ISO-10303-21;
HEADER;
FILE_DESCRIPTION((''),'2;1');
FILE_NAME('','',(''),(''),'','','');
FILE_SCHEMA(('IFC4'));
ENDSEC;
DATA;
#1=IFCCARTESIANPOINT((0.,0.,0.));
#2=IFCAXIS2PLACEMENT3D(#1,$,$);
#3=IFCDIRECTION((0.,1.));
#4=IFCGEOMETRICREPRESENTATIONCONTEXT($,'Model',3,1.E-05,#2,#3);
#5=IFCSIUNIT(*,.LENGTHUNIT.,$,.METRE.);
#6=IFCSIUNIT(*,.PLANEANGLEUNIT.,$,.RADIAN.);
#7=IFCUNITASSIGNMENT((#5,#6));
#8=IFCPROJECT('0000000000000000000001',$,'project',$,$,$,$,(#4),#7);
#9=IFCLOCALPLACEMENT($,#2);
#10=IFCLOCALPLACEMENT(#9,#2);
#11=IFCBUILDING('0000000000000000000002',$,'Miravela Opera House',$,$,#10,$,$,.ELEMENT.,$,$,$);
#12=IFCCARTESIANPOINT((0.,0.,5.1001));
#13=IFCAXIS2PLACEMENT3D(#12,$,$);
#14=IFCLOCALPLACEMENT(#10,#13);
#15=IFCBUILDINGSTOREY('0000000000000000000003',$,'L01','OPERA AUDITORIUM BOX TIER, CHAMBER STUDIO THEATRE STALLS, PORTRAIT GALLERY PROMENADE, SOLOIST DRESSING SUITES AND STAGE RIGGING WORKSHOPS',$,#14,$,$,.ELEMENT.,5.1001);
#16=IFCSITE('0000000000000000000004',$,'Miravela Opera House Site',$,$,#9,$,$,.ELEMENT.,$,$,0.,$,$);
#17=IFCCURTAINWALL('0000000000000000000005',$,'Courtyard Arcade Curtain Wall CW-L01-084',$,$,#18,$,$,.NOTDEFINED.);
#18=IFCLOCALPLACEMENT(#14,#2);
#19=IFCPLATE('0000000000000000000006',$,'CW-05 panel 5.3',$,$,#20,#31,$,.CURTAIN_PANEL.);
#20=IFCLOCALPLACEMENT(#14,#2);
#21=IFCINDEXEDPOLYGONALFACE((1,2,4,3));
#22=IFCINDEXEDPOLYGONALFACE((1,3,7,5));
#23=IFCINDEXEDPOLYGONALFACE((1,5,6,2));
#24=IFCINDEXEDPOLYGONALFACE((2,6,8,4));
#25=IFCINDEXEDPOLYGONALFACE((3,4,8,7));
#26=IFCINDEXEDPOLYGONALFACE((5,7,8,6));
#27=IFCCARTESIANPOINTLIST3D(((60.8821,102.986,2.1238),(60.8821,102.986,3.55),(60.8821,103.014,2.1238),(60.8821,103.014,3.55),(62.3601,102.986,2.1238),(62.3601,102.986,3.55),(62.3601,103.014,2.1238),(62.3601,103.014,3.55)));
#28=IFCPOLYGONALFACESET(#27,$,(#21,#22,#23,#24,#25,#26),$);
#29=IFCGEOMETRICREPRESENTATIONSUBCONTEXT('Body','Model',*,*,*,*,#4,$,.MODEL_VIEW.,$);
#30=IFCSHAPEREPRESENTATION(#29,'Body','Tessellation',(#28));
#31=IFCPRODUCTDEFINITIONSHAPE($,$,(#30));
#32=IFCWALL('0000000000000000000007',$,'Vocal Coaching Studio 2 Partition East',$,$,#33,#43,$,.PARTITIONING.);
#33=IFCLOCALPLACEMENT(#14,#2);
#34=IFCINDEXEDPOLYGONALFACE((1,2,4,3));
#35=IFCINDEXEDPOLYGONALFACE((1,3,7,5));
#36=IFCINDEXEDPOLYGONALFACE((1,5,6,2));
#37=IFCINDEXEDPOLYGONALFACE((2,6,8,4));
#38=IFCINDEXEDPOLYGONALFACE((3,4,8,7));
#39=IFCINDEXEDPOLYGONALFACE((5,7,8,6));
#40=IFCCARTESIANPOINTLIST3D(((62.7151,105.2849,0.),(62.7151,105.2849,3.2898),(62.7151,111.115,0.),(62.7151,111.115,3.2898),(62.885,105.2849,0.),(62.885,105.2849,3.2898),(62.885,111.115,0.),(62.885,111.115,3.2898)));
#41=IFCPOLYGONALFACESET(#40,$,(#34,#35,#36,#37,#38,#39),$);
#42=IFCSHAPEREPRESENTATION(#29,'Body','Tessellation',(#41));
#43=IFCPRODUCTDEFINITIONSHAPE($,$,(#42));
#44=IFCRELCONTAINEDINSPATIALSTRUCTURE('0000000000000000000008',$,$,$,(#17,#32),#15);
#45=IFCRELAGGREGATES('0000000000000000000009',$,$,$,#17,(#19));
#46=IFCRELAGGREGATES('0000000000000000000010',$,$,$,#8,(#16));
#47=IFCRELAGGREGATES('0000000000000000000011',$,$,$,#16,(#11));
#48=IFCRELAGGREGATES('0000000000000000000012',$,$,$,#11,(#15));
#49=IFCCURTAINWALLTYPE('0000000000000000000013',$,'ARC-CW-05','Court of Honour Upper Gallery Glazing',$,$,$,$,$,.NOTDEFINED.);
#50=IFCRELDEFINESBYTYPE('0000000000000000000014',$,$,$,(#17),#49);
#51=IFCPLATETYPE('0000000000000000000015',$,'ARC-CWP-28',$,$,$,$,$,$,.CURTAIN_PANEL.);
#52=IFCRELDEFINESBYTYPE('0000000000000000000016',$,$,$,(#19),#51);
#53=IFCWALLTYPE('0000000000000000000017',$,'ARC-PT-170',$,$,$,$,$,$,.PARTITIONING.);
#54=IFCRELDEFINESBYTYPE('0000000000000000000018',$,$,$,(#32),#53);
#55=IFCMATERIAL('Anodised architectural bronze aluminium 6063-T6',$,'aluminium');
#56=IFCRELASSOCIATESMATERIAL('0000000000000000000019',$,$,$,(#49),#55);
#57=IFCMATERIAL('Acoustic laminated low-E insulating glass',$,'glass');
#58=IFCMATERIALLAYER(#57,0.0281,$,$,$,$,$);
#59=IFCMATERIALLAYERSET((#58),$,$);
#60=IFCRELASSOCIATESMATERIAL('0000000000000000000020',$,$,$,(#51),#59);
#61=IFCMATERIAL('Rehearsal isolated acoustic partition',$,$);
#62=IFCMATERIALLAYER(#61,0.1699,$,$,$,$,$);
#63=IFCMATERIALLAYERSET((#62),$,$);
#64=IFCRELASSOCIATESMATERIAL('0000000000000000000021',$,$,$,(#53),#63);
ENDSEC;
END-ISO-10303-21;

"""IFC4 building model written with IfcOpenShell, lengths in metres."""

from ifc_helpers import new_model, si_unit, direction, frame, frame_2d, origin, origin_2d, place, context, subcontext, project, spatial, rectangle, extrude, material, layer, layer_set, type_object, element, aggregate, save


model = new_model("IFC4")

# Units and contexts
model_context = context("Model", 3, precision=1e-05, world=origin(), true_north=direction((0.0, 1.0)))
body_context = subcontext(model_context, "Body", "Model", "MODEL_VIEW")
ifc_project = project(units=[si_unit("LENGTHUNIT", "METRE"), si_unit("PLANEANGLEUNIT", "RADIAN")], contexts=[model_context])

# Site, building, storey
site_placement = place(None, origin())
site = spatial("IfcSite", under=ifc_project, at=site_placement, Name="Miravela Opera House Site", CompositionType="ELEMENT", RefElevation=0.0)
building_placement = place(site_placement, origin())
building = spatial("IfcBuilding", under=site, at=building_placement, Name="Miravela Opera House", CompositionType="ELEMENT")
storey_placement = place(building_placement, frame((0.0, 0.0, 5.1001)))
storey = spatial("IfcBuildingStorey", under=building, at=storey_placement, Name="L01", Description="OPERA AUDITORIUM BOX TIER, CHAMBER STUDIO THEATRE STALLS, PORTRAIT GALLERY PROMENADE, SOLOIST DRESSING SUITES AND STAGE RIGGING WORKSHOPS", CompositionType="ELEMENT", Elevation=5.1001)

# Curtain wall
ifc_material_1 = material(Name="Anodised architectural bronze aluminium 6063-T6", Category="aluminium")
curtain_wall_type = type_object("IfcCurtainWallType", Name="ARC-CW-05", Description="Court of Honour Upper Gallery Glazing", PredefinedType="NOTDEFINED", material=ifc_material_1)
curtain_wall_placement = place(storey_placement, origin())
curtain_wall = element("IfcCurtainWall", 1, at=curtain_wall_placement, inside=storey, type_object=curtain_wall_type, Name="Courtyard Arcade Curtain Wall CW-L01-084", PredefinedType="NOTDEFINED")

# Plate
ifc_material_2 = material(Name="Acoustic laminated low-E insulating glass", Category="glass")
ifc_layer_1 = layer(ifc_material_2, 0.0281)
ifc_layer_set_1 = layer_set([ifc_layer_1])
plate_type = type_object("IfcPlateType", Name="ARC-CWP-28", PredefinedType="CURTAIN_PANEL", material=ifc_layer_set_1)
plate_1_placement = place(storey_placement, frame((61.6211, 103.0, 2.1238), z_axis=(0.0, 0.0, 1.0), x_axis=(1.0, 0.0, 0.0)))
plate_1 = element("IfcPlate", 2, at=plate_1_placement, type_object=plate_type, Name="CW-05 panel 5.3", PredefinedType="CURTAIN_PANEL", context=body_context, shape_type="SweptSolid", body=[
    extrude(rectangle(XDim=1.478, YDim=0.0281, at=origin_2d()), origin(), (0.0, 0.0, 1.0), 1.4263),
])
aggregate(curtain_wall, [plate_1])

# Wall
ifc_material_3 = material(Name="Rehearsal isolated acoustic partition")
ifc_layer_2 = layer(ifc_material_3, 0.1699)
ifc_layer_set_2 = layer_set([ifc_layer_2])
wall_type = type_object("IfcWallType", Name="ARC-PT-170", PredefinedType="PARTITIONING", material=ifc_layer_set_2)
wall_placement = place(storey_placement, frame((62.8, 105.2849, 0.0), z_axis=(0.0, 0.0, 1.0), x_axis=(0.0, 1.0, 0.0)))
element("IfcWall", 3, at=wall_placement, inside=storey, type_object=wall_type, Name="Vocal Coaching Studio 2 Partition East", PredefinedType="PARTITIONING", context=body_context, shape_type="SweptSolid", body=[
    extrude(rectangle(XDim=5.8301, YDim=0.1699, at=frame_2d((2.915, 0.0))), origin(), (0.0, 0.0, 1.0), 3.2898),
])

save(model, "model.ifc")
